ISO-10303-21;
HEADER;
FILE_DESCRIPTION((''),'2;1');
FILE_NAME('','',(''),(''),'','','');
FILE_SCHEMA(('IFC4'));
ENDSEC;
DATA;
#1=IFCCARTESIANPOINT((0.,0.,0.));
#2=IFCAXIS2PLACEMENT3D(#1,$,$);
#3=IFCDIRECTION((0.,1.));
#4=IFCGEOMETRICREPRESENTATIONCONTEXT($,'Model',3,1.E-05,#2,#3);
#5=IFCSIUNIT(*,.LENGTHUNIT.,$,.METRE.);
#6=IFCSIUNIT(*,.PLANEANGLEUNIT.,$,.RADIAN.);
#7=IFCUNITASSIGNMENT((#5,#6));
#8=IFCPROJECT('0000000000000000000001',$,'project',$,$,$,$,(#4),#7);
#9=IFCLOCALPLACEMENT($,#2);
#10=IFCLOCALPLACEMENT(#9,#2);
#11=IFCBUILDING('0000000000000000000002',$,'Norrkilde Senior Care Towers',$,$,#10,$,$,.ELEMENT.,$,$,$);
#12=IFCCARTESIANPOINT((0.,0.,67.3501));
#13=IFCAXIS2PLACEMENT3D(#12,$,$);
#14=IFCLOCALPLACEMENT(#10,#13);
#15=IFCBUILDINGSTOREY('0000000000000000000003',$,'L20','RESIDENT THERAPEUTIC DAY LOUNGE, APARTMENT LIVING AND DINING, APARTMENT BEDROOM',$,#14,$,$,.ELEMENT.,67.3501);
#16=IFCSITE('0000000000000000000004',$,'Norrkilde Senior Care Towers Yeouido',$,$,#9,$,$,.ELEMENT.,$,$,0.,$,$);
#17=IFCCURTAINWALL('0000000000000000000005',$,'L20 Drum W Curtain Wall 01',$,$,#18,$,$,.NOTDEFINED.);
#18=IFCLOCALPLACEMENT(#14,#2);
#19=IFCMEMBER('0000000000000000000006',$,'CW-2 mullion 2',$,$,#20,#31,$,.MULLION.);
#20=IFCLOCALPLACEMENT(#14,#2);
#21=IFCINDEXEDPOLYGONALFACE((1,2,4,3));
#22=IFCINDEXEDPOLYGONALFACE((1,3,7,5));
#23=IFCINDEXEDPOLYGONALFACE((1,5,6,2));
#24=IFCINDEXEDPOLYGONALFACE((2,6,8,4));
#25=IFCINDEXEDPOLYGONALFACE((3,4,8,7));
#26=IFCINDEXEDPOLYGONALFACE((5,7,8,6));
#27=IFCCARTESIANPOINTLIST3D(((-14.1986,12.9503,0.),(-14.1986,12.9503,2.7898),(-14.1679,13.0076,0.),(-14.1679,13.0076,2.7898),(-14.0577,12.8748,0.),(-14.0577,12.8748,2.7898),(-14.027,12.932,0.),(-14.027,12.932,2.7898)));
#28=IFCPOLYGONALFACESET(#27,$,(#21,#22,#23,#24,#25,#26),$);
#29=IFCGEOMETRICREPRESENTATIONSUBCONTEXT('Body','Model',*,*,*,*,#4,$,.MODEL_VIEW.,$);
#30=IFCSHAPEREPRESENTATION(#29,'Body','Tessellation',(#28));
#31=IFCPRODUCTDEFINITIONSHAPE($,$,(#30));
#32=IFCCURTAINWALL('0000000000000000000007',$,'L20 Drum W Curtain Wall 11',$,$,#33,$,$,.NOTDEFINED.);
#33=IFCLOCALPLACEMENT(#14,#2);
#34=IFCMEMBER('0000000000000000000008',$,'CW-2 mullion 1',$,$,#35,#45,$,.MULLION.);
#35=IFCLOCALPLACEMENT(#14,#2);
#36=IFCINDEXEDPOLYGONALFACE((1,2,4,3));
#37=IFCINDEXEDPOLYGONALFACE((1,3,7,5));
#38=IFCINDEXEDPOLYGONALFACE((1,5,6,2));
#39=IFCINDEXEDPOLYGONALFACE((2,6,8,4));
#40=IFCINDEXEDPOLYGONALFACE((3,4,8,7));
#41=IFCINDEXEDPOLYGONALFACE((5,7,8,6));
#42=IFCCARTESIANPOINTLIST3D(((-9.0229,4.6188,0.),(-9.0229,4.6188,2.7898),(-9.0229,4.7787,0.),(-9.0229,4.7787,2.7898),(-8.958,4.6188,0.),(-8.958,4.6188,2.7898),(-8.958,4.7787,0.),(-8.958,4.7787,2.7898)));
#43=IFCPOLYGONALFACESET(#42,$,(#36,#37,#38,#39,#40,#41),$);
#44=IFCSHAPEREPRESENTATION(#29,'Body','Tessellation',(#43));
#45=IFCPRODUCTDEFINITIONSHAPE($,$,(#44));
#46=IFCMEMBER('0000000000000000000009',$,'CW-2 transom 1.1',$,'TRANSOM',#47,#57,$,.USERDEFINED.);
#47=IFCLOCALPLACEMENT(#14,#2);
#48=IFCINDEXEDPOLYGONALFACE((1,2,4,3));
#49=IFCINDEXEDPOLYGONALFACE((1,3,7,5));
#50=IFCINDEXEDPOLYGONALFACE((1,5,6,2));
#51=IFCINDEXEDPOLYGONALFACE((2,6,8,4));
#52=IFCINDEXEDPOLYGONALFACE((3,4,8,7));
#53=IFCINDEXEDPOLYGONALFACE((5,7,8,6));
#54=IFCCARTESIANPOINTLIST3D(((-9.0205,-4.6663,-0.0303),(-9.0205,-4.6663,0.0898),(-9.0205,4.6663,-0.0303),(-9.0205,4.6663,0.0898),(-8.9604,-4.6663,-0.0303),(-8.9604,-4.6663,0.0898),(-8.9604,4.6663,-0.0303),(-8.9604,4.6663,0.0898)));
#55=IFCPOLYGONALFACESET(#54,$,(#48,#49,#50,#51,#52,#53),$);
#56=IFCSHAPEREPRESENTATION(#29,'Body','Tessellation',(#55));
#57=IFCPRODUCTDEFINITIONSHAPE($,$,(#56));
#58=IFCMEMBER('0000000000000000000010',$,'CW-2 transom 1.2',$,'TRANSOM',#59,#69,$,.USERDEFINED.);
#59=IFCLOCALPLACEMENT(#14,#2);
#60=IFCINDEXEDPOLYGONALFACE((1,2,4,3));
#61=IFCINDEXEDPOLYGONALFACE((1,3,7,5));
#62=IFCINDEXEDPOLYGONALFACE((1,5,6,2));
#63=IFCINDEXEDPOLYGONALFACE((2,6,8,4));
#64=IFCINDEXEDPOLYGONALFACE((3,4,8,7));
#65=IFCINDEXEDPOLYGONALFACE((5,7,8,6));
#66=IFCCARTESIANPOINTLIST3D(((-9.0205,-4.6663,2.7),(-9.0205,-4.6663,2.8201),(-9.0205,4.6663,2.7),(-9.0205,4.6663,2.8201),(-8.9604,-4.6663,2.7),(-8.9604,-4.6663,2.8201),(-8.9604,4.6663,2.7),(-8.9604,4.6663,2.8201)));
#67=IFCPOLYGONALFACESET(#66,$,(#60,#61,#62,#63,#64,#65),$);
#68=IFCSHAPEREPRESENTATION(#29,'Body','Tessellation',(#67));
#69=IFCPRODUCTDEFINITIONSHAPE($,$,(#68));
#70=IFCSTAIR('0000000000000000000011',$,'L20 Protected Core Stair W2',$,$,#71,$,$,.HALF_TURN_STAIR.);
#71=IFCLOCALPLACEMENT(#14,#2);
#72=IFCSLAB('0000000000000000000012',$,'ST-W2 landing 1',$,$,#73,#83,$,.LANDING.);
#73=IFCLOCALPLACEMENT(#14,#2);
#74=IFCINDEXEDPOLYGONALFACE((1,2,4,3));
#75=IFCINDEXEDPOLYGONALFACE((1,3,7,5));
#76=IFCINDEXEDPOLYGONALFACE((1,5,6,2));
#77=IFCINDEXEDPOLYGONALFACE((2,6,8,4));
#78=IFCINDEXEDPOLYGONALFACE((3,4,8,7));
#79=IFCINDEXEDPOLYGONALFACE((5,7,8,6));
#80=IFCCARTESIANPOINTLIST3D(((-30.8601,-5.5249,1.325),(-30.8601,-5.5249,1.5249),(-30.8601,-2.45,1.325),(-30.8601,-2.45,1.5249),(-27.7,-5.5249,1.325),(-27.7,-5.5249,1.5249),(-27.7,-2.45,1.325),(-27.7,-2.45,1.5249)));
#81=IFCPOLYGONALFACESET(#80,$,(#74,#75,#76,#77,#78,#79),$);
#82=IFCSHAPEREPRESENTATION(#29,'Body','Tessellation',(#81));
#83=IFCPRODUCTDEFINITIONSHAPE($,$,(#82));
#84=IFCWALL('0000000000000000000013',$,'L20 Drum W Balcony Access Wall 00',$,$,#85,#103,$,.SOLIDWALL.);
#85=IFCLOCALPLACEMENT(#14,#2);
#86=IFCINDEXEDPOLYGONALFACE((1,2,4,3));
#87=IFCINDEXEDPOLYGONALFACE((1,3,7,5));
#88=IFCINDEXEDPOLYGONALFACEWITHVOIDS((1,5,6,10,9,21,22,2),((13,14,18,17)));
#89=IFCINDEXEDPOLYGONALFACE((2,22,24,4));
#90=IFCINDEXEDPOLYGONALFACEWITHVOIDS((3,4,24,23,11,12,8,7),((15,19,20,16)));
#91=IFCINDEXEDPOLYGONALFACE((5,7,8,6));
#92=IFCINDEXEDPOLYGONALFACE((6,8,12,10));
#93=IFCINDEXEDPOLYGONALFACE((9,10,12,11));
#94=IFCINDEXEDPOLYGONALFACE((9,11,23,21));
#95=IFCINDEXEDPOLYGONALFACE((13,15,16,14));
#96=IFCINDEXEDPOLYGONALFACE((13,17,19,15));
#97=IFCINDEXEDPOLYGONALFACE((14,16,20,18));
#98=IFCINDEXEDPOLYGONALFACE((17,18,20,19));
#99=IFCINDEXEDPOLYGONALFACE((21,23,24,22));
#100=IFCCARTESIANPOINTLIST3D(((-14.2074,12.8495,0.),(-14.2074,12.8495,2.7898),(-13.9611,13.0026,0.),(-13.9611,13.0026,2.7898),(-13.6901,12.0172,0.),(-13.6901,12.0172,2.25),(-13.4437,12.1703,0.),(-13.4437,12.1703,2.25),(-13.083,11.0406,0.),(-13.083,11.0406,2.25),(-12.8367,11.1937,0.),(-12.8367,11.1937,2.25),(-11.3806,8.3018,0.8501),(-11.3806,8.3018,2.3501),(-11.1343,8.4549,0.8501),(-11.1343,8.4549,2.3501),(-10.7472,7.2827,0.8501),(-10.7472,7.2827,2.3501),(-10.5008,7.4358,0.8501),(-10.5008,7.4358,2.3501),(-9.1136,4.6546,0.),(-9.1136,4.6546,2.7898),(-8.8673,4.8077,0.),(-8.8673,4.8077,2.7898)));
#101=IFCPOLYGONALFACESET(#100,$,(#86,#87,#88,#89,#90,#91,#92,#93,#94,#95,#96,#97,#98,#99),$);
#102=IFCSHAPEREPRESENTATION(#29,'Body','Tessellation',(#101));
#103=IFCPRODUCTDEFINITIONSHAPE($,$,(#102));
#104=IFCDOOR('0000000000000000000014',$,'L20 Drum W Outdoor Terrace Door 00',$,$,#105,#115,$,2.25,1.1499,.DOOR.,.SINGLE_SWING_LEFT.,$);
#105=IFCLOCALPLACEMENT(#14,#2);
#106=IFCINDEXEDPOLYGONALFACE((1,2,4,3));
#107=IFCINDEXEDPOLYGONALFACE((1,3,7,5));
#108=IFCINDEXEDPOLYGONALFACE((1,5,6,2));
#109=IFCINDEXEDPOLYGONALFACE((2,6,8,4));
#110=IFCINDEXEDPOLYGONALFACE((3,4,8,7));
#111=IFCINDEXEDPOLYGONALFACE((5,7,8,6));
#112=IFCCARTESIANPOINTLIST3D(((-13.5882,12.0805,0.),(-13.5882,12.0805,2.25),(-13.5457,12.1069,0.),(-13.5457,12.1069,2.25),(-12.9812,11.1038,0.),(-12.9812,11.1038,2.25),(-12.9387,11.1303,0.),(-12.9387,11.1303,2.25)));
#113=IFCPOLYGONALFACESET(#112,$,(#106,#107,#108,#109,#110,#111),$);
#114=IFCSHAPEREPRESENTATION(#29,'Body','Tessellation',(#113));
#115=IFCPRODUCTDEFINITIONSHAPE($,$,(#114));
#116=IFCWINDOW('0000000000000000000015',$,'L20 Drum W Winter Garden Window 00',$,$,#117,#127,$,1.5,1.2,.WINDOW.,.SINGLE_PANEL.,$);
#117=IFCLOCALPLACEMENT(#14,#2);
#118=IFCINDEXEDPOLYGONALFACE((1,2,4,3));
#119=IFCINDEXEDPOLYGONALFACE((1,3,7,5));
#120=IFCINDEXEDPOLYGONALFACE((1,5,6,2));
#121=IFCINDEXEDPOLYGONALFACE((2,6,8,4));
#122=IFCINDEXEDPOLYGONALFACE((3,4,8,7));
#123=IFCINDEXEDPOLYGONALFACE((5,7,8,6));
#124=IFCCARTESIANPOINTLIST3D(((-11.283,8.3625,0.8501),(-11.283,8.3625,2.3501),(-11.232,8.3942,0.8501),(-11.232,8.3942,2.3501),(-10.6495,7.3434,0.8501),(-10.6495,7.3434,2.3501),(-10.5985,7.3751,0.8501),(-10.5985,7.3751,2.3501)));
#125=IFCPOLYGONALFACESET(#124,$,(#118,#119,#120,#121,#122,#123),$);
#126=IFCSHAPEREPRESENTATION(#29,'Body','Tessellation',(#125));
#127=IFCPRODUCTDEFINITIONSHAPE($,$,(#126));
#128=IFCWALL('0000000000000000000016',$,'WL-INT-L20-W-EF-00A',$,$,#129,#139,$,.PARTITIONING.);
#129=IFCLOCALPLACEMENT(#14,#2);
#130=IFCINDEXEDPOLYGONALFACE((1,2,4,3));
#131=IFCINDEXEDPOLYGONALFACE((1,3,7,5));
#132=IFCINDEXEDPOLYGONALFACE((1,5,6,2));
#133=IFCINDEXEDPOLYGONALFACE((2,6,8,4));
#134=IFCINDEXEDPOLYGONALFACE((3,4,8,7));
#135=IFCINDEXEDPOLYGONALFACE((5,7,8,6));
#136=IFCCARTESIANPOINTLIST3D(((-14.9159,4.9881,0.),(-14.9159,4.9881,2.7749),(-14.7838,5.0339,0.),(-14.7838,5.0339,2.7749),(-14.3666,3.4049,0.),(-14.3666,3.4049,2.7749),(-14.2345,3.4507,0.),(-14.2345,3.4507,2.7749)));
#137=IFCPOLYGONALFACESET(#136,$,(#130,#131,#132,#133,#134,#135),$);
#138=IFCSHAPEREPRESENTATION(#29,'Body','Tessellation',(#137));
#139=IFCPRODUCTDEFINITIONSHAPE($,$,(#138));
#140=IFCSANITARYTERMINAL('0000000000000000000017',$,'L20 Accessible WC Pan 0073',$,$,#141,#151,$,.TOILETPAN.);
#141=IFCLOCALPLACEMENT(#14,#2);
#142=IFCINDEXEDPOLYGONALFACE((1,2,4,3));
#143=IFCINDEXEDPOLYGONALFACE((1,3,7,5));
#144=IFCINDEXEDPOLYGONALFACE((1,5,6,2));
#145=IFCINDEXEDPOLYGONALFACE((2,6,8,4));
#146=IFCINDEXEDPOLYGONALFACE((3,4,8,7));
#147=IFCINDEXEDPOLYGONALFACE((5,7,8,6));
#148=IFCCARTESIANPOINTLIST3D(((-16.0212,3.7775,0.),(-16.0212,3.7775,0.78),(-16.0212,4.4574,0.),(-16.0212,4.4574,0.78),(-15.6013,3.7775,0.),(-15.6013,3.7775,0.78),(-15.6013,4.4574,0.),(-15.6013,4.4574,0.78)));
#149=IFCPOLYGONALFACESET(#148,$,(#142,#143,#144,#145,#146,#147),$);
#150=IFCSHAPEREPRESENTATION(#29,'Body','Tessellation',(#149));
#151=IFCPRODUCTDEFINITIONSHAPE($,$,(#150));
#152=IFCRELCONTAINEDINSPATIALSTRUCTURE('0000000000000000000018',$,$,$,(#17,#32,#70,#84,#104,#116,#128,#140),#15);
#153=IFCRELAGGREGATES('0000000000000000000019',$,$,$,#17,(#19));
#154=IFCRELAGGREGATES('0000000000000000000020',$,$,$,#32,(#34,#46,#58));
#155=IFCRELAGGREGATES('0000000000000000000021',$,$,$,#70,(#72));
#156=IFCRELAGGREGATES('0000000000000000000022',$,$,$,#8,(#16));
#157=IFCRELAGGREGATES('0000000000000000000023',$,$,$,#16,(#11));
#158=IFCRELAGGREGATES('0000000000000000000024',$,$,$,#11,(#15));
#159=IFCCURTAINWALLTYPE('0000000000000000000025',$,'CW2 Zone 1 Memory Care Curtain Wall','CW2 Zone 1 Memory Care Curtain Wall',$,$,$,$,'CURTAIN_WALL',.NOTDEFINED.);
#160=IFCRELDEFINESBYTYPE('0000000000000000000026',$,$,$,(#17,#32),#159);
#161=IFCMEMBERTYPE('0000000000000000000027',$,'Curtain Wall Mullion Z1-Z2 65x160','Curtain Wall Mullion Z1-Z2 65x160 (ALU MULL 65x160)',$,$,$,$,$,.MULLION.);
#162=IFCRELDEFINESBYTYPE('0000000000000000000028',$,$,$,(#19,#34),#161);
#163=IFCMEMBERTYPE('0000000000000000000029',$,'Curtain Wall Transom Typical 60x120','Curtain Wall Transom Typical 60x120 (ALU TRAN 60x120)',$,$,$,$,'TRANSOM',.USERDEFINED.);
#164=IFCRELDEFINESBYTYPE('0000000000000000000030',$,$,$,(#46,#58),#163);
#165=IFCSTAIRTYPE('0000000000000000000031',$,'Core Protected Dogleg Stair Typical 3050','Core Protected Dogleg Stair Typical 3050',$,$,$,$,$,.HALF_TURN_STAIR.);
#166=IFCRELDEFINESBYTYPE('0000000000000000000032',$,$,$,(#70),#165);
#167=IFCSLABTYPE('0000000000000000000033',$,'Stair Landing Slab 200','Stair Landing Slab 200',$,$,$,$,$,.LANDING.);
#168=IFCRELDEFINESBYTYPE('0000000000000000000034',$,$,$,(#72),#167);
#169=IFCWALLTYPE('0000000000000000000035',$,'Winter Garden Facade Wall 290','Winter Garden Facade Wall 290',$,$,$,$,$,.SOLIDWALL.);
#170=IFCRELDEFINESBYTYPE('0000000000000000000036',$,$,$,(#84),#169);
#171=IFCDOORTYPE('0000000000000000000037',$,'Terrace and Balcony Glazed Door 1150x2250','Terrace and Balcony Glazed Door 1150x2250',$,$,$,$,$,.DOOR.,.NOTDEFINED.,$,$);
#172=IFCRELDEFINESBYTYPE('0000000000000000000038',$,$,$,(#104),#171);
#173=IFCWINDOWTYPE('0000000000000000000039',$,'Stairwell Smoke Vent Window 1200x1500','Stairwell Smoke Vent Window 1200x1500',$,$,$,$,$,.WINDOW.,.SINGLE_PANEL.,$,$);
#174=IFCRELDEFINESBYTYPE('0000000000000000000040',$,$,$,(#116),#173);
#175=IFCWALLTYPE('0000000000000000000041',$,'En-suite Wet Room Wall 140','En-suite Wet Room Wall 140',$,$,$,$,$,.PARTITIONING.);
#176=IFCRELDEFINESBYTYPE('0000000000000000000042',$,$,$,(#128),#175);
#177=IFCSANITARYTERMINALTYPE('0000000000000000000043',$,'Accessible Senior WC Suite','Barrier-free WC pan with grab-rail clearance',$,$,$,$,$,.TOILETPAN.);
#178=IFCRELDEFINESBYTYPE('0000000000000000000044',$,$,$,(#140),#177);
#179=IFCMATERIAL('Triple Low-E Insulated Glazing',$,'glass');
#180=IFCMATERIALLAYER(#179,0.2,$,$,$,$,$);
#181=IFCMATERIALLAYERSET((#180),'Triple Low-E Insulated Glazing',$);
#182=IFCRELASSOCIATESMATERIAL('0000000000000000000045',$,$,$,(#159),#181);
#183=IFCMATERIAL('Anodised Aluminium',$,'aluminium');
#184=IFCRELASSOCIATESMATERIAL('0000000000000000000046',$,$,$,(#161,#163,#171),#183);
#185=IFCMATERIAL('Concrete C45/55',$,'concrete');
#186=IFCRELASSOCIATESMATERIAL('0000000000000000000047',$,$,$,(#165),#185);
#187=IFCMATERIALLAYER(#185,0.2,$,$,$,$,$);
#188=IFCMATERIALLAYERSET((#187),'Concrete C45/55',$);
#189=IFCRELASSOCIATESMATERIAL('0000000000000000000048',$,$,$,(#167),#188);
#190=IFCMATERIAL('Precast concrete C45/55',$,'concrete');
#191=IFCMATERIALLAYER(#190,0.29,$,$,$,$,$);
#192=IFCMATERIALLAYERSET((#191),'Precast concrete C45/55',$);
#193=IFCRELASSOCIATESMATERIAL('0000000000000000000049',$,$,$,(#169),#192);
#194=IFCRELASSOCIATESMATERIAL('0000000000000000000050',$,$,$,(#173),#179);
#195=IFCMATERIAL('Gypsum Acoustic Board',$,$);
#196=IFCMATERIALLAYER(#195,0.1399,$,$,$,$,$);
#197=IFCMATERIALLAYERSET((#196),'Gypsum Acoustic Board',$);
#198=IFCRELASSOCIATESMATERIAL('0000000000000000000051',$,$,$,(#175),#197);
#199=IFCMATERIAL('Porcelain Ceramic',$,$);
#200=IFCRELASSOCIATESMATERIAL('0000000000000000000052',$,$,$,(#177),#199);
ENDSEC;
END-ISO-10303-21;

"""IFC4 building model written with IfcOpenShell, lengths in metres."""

from ifc_helpers import new_model, si_unit, direction, frame, frame_2d, origin, origin_2d, place, context, subcontext, project, spatial, polyline, rectangle, outline, extrude, source, transform, mapped, material, layer, layer_set, material_profile, profile_set, type_object, type_shapes, element, fill, aggregate, save


model = new_model("IFC4")

# Units and contexts
model_context = context("Model", 3, precision=1e-05, world=origin(), true_north=direction((0.0, 1.0)))
body_context = subcontext(model_context, "Body", "Model", "MODEL_VIEW")
ifc_project = project(units=[si_unit("LENGTHUNIT", "METRE"), si_unit("PLANEANGLEUNIT", "RADIAN")], contexts=[model_context])

# Site, building, storey
site_placement = place(None, origin())
site = spatial("IfcSite", under=ifc_project, at=site_placement, Name="Norrkilde Senior Care Towers Yeouido", CompositionType="ELEMENT", RefElevation=0.0)
building_placement = place(site_placement, origin())
building = spatial("IfcBuilding", under=site, at=building_placement, Name="Norrkilde Senior Care Towers", CompositionType="ELEMENT")
storey_placement = place(building_placement, frame((0.0, 0.0, 67.3501)))
storey = spatial("IfcBuildingStorey", under=building, at=storey_placement, Name="L20", Description="RESIDENT THERAPEUTIC DAY LOUNGE, APARTMENT LIVING AND DINING, APARTMENT BEDROOM", CompositionType="ELEMENT", Elevation=67.3501)

# Curtain wall, member
ifc_material_1 = material(Name="Triple Low-E Insulated Glazing", Category="glass")
ifc_layer_1 = layer(ifc_material_1, 0.2)
ifc_layer_set_1 = layer_set([ifc_layer_1], Name="Triple Low-E Insulated Glazing")
curtain_wall_type = type_object("IfcCurtainWallType", Name="CW2 Zone 1 Memory Care Curtain Wall", Description="CW2 Zone 1 Memory Care Curtain Wall", ElementType="CURTAIN_WALL", PredefinedType="NOTDEFINED", material=ifc_layer_set_1)
curtain_wall_1_placement = place(storey_placement, origin())
curtain_wall_1 = element("IfcCurtainWall", 1, at=curtain_wall_1_placement, inside=storey, type_object=curtain_wall_type, Name="L20 Drum W Curtain Wall 01", PredefinedType="NOTDEFINED")
ifc_material_2 = material(Name="Anodised Aluminium", Category="aluminium")
ifc_material_profile_1 = material_profile(ifc_material_2, rectangle(XDim=0.0649, YDim=0.1599, at=origin_2d()), Name="ALU MULL 65x160")
ifc_profile_set_1 = profile_set([ifc_material_profile_1], Name="Anodised Aluminium")
member_type_1 = type_object("IfcMemberType", Name="Curtain Wall Mullion Z1-Z2 65x160", Description="Curtain Wall Mullion Z1-Z2 65x160 (ALU MULL 65x160)", PredefinedType="MULLION", material=ifc_profile_set_1)
shared_shape_1 = source(origin(), body_context, "Body", "SweptSolid", [
    extrude(rectangle(XDim=0.0649, YDim=0.1599, at=origin_2d()), origin(), (0.0, 0.0, 1.0), 2.7898),
])
type_shapes(member_type_1, [shared_shape_1])
member_1_placement = place(storey_placement, frame((-14.1128, 12.9412, 0.0), z_axis=(0.0, 0.0, 1.0), x_axis=(0.472608, 0.881273, 0.0)))
member_1 = element("IfcMember", 2, at=member_1_placement, type_object=member_type_1, Name="CW-2 mullion 2", PredefinedType="MULLION", context=body_context, shape_type="MappedRepresentation", body=[
    mapped(shared_shape_1, transform((0.0, 0.0, 0.0), x_axis=(1.0, 0.0, 0.0), y_axis=(0.0, 1.0, 0.0), z_axis=(0.0, 0.0, 1.0), scale=1.0)),
])
aggregate(curtain_wall_1, [member_1])

# Curtain wall, members
curtain_wall_2_placement = place(storey_placement, origin())
curtain_wall_2 = element("IfcCurtainWall", 3, at=curtain_wall_2_placement, inside=storey, type_object=curtain_wall_type, Name="L20 Drum W Curtain Wall 11", PredefinedType="NOTDEFINED")
member_2_placement = place(storey_placement, frame((-8.9905, 4.6987, 0.0), z_axis=(0.0, 0.0, 1.0), x_axis=(1.0, 0.0, 0.0)))
member_2 = element("IfcMember", 4, at=member_2_placement, type_object=member_type_1, Name="CW-2 mullion 1", PredefinedType="MULLION", context=body_context, shape_type="MappedRepresentation", body=[
    mapped(shared_shape_1, transform((0.0, 0.0, 0.0), x_axis=(1.0, 0.0, 0.0), y_axis=(0.0, 1.0, 0.0), z_axis=(0.0, 0.0, 1.0), scale=1.0)),
])
ifc_material_profile_2 = material_profile(ifc_material_2, rectangle(XDim=0.0601, YDim=0.1201, at=origin_2d()), Name="ALU TRAN 60x120")
ifc_profile_set_2 = profile_set([ifc_material_profile_2], Name="Anodised Aluminium")
member_type_2 = type_object("IfcMemberType", Name="Curtain Wall Transom Typical 60x120", Description="Curtain Wall Transom Typical 60x120 (ALU TRAN 60x120)", ElementType="TRANSOM", PredefinedType="USERDEFINED", material=ifc_profile_set_2)
shared_shape_2 = source(origin(), body_context, "Body", "SweptSolid", [
    extrude(rectangle(XDim=0.0601, YDim=0.1201, at=origin_2d()), origin(), (0.0, 0.0, 1.0), 9.3325),
])
type_shapes(member_type_2, [shared_shape_2])
member_3_placement = place(storey_placement, frame((-8.9905, 4.6663, 0.0298), z_axis=(0.0, -1.0, 0.0), x_axis=(1.0, 0.0, 0.0)))
member_3 = element("IfcMember", 5, at=member_3_placement, type_object=member_type_2, Name="CW-2 transom 1.1", ObjectType="TRANSOM", PredefinedType="USERDEFINED", context=body_context, shape_type="MappedRepresentation", body=[
    mapped(shared_shape_2, transform((0.0, 0.0, 0.0), x_axis=(1.0, 0.0, 0.0), y_axis=(0.0, 1.0, 0.0), z_axis=(0.0, 0.0, 1.0), scale=1.0)),
])
member_4_placement = place(storey_placement, frame((-8.9905, 4.6663, 2.76), z_axis=(0.0, -1.0, 0.0), x_axis=(1.0, 0.0, 0.0)))
member_4 = element("IfcMember", 6, at=member_4_placement, type_object=member_type_2, Name="CW-2 transom 1.2", ObjectType="TRANSOM", PredefinedType="USERDEFINED", context=body_context, shape_type="MappedRepresentation", body=[
    mapped(shared_shape_2, transform((0.0, 0.0, 0.0), x_axis=(1.0, 0.0, 0.0), y_axis=(0.0, 1.0, 0.0), z_axis=(0.0, 0.0, 1.0), scale=1.0)),
])
aggregate(curtain_wall_2, [member_2, member_3, member_4])

# Stair, slab
ifc_material_3 = material(Name="Concrete C45/55", Category="concrete")
stair_type = type_object("IfcStairType", Name="Core Protected Dogleg Stair Typical 3050", Description="Core Protected Dogleg Stair Typical 3050", PredefinedType="HALF_TURN_STAIR", material=ifc_material_3)
stair_placement = place(storey_placement, origin())
stair = element("IfcStair", 7, at=stair_placement, inside=storey, type_object=stair_type, Name="L20 Protected Core Stair W2", PredefinedType="HALF_TURN_STAIR")
ifc_layer_2 = layer(ifc_material_3, 0.2)
ifc_layer_set_2 = layer_set([ifc_layer_2], Name="Concrete C45/55")
slab_type = type_object("IfcSlabType", Name="Stair Landing Slab 200", Description="Stair Landing Slab 200", PredefinedType="LANDING", material=ifc_layer_set_2)
slab_placement = place(storey_placement, frame((0.0, 0.0, 1.325)))
slab = element("IfcSlab", 8, at=slab_placement, type_object=slab_type, Name="ST-W2 landing 1", PredefinedType="LANDING", context=body_context, shape_type="SweptSolid", body=[
    extrude(outline(polyline([(-30.8601, -5.5249), (-27.7, -5.5249), (-27.7, -2.45), (-30.8601, -2.45), (-30.8601, -5.5249)])), origin(), (0.0, 0.0, 1.0), 0.2),
])
aggregate(stair, [slab])

# Wall, openings, door, window
ifc_material_4 = material(Name="Precast concrete C45/55", Category="concrete")
ifc_layer_3 = layer(ifc_material_4, 0.29)
ifc_layer_set_3 = layer_set([ifc_layer_3], Name="Precast concrete C45/55")
wall_type_1 = type_object("IfcWallType", Name="Winter Garden Facade Wall 290", Description="Winter Garden Facade Wall 290", PredefinedType="SOLIDWALL", material=ifc_layer_set_3)
shared_shape_3 = source(origin(), body_context, "Body", "SweptSolid", [
    extrude(rectangle(XDim=9.6489, YDim=0.29, at=frame_2d((4.8245, 0.0))), origin(), (0.0, 0.0, 1.0), 2.7898),
])
type_shapes(wall_type_1, [shared_shape_3])
wall_1_placement = place(storey_placement, frame((-14.0842, 12.926, 0.0), z_axis=(0.0, 0.0, 1.0), x_axis=(0.527909, -0.849301, 0.0)))
wall_1 = element("IfcWall", 9, at=wall_1_placement, inside=storey, type_object=wall_type_1, Name="L20 Drum W Balcony Access Wall 00", PredefinedType="SOLIDWALL", context=body_context, shape_type="MappedRepresentation", body=[
    mapped(shared_shape_3, transform((0.0, 0.0, 0.0), x_axis=(1.0, 0.0, 0.0), y_axis=(0.0, 1.0, 0.0), z_axis=(0.0, 0.0, 1.0), scale=1.0)),
])
opening_1_placement = place(wall_1_placement, frame((0.98, 0.0, 0.0)))
opening_1 = element("IfcOpeningElement", 10, at=opening_1_placement, cuts=wall_1, PredefinedType="OPENING", context=body_context, shape_type="SweptSolid", body=[
    extrude(rectangle(XDim=1.1499, YDim=2.25, at=frame_2d((0.575, 1.125))), frame((0.0, 0.155, 0.0), z_axis=(0.0, -1.0, 0.0), x_axis=(1.0, 0.0, 0.0)), (0.0, 0.0, 1.0), 0.3101),
])
opening_2_placement = place(wall_1_placement, frame((5.3545, 0.0, 0.8501)))
opening_2 = element("IfcOpeningElement", 11, at=opening_2_placement, cuts=wall_1, PredefinedType="OPENING", context=body_context, shape_type="SweptSolid", body=[
    extrude(rectangle(XDim=1.2, YDim=1.5, at=frame_2d((0.6001, 0.75))), frame((0.0, 0.155, 0.0), z_axis=(0.0, -1.0, 0.0), x_axis=(1.0, 0.0, 0.0)), (0.0, 0.0, 1.0), 0.3101),
])
door_type = type_object("IfcDoorType", Name="Terrace and Balcony Glazed Door 1150x2250", Description="Terrace and Balcony Glazed Door 1150x2250", OperationType="NOTDEFINED", PredefinedType="DOOR", material=ifc_material_2)
shared_shape_4 = source(origin(), body_context, "Body", "SweptSolid", [
    extrude(rectangle(XDim=1.1499, YDim=2.25, at=frame_2d((0.575, 1.125))), frame((0.0, 0.0249, 0.0), z_axis=(0.0, -1.0, 0.0), x_axis=(1.0, 0.0, 0.0)), (0.0, 0.0, 1.0), 0.05),
])
type_shapes(door_type, [shared_shape_4])
door_placement = place(opening_1_placement, origin())
door = element("IfcDoor", 12, at=door_placement, inside=storey, type_object=door_type, Name="L20 Drum W Outdoor Terrace Door 00", OperationType="SINGLE_SWING_LEFT", OverallHeight=2.25, OverallWidth=1.1499, PredefinedType="DOOR", context=body_context, shape_type="MappedRepresentation", body=[
    mapped(shared_shape_4, transform((0.0, 0.0, 0.0), x_axis=(1.0, 0.0, 0.0), y_axis=(0.0, 1.0, 0.0), z_axis=(0.0, 0.0, 1.0), scale=1.0)),
])
fill(opening_1, door)
window_type = type_object("IfcWindowType", Name="Stairwell Smoke Vent Window 1200x1500", Description="Stairwell Smoke Vent Window 1200x1500", PartitioningType="SINGLE_PANEL", PredefinedType="WINDOW", material=ifc_material_1)
shared_shape_5 = source(origin(), body_context, "Body", "SweptSolid", [
    extrude(rectangle(XDim=1.2, YDim=1.5, at=frame_2d((0.6001, 0.75))), frame((0.0, 0.03, 0.0), z_axis=(0.0, -1.0, 0.0), x_axis=(1.0, 0.0, 0.0)), (0.0, 0.0, 1.0), 0.0601),
])
type_shapes(window_type, [shared_shape_5])
window_placement = place(opening_2_placement, origin())
window = element("IfcWindow", 13, at=window_placement, inside=storey, type_object=window_type, Name="L20 Drum W Winter Garden Window 00", OverallHeight=1.5, OverallWidth=1.2, PartitioningType="SINGLE_PANEL", PredefinedType="WINDOW", context=body_context, shape_type="MappedRepresentation", body=[
    mapped(shared_shape_5, transform((0.0, 0.0, 0.0), x_axis=(1.0, 0.0, 0.0), y_axis=(0.0, 1.0, 0.0), z_axis=(0.0, 0.0, 1.0), scale=1.0)),
])
fill(opening_2, window)

# Wall
ifc_material_5 = material(Name="Gypsum Acoustic Board")
ifc_layer_4 = layer(ifc_material_5, 0.1399)
ifc_layer_set_4 = layer_set([ifc_layer_4], Name="Gypsum Acoustic Board")
wall_type_2 = type_object("IfcWallType", Name="En-suite Wet Room Wall 140", Description="En-suite Wet Room Wall 140", PredefinedType="PARTITIONING", material=ifc_layer_set_4)
shared_shape_6 = source(origin(), body_context, "Body", "SweptSolid", [
    extrude(rectangle(XDim=1.6758, YDim=0.1399, at=frame_2d((0.8379, 0.0))), origin(), (0.0, 0.0, 1.0), 2.7749),
])
type_shapes(wall_type_2, [shared_shape_6])
wall_2_placement = place(storey_placement, frame((-14.8499, 5.011, 0.0), z_axis=(0.0, 0.0, 1.0), x_axis=(0.327786, -0.944752, 0.0)))
element("IfcWall", 14, at=wall_2_placement, inside=storey, type_object=wall_type_2, Name="WL-INT-L20-W-EF-00A", PredefinedType="PARTITIONING", context=body_context, shape_type="MappedRepresentation", body=[
    mapped(shared_shape_6, transform((0.0, 0.0, 0.0), x_axis=(1.0, 0.0, 0.0), y_axis=(0.0, 1.0, 0.0), z_axis=(0.0, 0.0, 1.0), scale=1.0)),
])

# Sanitary terminal
ifc_material_6 = material(Name="Porcelain Ceramic")
sanitary_terminal_type_1 = type_object("IfcSanitaryTerminalType", Name="Accessible Senior WC Suite", Description="Barrier-free WC pan with grab-rail clearance", PredefinedType="TOILETPAN", material=ifc_material_6)
shared_shape_7 = source(origin(), body_context, "Body", "SweptSolid", [
    extrude(rectangle(XDim=0.4199, YDim=0.6799, at=origin_2d()), origin(), (0.0, 0.0, 1.0), 0.78),
])
type_shapes(sanitary_terminal_type_1, [shared_shape_7])
sanitary_terminal_1_placement = place(storey_placement, frame((-15.8113, 4.1174, 0.0), z_axis=(0.0, 0.0, 1.0), x_axis=(1.0, 0.0, 0.0)))
element("IfcSanitaryTerminal", 15, at=sanitary_terminal_1_placement, inside=storey, type_object=sanitary_terminal_type_1, Name="L20 Accessible WC Pan 0073", PredefinedType="TOILETPAN", context=body_context, shape_type="MappedRepresentation", body=[
    mapped(shared_shape_7, transform((0.0, 0.0, 0.0), x_axis=(1.0, 0.0, 0.0), y_axis=(0.0, 1.0, 0.0), z_axis=(0.0, 0.0, 1.0), scale=1.0)),
])

save(model, "model.ifc")
